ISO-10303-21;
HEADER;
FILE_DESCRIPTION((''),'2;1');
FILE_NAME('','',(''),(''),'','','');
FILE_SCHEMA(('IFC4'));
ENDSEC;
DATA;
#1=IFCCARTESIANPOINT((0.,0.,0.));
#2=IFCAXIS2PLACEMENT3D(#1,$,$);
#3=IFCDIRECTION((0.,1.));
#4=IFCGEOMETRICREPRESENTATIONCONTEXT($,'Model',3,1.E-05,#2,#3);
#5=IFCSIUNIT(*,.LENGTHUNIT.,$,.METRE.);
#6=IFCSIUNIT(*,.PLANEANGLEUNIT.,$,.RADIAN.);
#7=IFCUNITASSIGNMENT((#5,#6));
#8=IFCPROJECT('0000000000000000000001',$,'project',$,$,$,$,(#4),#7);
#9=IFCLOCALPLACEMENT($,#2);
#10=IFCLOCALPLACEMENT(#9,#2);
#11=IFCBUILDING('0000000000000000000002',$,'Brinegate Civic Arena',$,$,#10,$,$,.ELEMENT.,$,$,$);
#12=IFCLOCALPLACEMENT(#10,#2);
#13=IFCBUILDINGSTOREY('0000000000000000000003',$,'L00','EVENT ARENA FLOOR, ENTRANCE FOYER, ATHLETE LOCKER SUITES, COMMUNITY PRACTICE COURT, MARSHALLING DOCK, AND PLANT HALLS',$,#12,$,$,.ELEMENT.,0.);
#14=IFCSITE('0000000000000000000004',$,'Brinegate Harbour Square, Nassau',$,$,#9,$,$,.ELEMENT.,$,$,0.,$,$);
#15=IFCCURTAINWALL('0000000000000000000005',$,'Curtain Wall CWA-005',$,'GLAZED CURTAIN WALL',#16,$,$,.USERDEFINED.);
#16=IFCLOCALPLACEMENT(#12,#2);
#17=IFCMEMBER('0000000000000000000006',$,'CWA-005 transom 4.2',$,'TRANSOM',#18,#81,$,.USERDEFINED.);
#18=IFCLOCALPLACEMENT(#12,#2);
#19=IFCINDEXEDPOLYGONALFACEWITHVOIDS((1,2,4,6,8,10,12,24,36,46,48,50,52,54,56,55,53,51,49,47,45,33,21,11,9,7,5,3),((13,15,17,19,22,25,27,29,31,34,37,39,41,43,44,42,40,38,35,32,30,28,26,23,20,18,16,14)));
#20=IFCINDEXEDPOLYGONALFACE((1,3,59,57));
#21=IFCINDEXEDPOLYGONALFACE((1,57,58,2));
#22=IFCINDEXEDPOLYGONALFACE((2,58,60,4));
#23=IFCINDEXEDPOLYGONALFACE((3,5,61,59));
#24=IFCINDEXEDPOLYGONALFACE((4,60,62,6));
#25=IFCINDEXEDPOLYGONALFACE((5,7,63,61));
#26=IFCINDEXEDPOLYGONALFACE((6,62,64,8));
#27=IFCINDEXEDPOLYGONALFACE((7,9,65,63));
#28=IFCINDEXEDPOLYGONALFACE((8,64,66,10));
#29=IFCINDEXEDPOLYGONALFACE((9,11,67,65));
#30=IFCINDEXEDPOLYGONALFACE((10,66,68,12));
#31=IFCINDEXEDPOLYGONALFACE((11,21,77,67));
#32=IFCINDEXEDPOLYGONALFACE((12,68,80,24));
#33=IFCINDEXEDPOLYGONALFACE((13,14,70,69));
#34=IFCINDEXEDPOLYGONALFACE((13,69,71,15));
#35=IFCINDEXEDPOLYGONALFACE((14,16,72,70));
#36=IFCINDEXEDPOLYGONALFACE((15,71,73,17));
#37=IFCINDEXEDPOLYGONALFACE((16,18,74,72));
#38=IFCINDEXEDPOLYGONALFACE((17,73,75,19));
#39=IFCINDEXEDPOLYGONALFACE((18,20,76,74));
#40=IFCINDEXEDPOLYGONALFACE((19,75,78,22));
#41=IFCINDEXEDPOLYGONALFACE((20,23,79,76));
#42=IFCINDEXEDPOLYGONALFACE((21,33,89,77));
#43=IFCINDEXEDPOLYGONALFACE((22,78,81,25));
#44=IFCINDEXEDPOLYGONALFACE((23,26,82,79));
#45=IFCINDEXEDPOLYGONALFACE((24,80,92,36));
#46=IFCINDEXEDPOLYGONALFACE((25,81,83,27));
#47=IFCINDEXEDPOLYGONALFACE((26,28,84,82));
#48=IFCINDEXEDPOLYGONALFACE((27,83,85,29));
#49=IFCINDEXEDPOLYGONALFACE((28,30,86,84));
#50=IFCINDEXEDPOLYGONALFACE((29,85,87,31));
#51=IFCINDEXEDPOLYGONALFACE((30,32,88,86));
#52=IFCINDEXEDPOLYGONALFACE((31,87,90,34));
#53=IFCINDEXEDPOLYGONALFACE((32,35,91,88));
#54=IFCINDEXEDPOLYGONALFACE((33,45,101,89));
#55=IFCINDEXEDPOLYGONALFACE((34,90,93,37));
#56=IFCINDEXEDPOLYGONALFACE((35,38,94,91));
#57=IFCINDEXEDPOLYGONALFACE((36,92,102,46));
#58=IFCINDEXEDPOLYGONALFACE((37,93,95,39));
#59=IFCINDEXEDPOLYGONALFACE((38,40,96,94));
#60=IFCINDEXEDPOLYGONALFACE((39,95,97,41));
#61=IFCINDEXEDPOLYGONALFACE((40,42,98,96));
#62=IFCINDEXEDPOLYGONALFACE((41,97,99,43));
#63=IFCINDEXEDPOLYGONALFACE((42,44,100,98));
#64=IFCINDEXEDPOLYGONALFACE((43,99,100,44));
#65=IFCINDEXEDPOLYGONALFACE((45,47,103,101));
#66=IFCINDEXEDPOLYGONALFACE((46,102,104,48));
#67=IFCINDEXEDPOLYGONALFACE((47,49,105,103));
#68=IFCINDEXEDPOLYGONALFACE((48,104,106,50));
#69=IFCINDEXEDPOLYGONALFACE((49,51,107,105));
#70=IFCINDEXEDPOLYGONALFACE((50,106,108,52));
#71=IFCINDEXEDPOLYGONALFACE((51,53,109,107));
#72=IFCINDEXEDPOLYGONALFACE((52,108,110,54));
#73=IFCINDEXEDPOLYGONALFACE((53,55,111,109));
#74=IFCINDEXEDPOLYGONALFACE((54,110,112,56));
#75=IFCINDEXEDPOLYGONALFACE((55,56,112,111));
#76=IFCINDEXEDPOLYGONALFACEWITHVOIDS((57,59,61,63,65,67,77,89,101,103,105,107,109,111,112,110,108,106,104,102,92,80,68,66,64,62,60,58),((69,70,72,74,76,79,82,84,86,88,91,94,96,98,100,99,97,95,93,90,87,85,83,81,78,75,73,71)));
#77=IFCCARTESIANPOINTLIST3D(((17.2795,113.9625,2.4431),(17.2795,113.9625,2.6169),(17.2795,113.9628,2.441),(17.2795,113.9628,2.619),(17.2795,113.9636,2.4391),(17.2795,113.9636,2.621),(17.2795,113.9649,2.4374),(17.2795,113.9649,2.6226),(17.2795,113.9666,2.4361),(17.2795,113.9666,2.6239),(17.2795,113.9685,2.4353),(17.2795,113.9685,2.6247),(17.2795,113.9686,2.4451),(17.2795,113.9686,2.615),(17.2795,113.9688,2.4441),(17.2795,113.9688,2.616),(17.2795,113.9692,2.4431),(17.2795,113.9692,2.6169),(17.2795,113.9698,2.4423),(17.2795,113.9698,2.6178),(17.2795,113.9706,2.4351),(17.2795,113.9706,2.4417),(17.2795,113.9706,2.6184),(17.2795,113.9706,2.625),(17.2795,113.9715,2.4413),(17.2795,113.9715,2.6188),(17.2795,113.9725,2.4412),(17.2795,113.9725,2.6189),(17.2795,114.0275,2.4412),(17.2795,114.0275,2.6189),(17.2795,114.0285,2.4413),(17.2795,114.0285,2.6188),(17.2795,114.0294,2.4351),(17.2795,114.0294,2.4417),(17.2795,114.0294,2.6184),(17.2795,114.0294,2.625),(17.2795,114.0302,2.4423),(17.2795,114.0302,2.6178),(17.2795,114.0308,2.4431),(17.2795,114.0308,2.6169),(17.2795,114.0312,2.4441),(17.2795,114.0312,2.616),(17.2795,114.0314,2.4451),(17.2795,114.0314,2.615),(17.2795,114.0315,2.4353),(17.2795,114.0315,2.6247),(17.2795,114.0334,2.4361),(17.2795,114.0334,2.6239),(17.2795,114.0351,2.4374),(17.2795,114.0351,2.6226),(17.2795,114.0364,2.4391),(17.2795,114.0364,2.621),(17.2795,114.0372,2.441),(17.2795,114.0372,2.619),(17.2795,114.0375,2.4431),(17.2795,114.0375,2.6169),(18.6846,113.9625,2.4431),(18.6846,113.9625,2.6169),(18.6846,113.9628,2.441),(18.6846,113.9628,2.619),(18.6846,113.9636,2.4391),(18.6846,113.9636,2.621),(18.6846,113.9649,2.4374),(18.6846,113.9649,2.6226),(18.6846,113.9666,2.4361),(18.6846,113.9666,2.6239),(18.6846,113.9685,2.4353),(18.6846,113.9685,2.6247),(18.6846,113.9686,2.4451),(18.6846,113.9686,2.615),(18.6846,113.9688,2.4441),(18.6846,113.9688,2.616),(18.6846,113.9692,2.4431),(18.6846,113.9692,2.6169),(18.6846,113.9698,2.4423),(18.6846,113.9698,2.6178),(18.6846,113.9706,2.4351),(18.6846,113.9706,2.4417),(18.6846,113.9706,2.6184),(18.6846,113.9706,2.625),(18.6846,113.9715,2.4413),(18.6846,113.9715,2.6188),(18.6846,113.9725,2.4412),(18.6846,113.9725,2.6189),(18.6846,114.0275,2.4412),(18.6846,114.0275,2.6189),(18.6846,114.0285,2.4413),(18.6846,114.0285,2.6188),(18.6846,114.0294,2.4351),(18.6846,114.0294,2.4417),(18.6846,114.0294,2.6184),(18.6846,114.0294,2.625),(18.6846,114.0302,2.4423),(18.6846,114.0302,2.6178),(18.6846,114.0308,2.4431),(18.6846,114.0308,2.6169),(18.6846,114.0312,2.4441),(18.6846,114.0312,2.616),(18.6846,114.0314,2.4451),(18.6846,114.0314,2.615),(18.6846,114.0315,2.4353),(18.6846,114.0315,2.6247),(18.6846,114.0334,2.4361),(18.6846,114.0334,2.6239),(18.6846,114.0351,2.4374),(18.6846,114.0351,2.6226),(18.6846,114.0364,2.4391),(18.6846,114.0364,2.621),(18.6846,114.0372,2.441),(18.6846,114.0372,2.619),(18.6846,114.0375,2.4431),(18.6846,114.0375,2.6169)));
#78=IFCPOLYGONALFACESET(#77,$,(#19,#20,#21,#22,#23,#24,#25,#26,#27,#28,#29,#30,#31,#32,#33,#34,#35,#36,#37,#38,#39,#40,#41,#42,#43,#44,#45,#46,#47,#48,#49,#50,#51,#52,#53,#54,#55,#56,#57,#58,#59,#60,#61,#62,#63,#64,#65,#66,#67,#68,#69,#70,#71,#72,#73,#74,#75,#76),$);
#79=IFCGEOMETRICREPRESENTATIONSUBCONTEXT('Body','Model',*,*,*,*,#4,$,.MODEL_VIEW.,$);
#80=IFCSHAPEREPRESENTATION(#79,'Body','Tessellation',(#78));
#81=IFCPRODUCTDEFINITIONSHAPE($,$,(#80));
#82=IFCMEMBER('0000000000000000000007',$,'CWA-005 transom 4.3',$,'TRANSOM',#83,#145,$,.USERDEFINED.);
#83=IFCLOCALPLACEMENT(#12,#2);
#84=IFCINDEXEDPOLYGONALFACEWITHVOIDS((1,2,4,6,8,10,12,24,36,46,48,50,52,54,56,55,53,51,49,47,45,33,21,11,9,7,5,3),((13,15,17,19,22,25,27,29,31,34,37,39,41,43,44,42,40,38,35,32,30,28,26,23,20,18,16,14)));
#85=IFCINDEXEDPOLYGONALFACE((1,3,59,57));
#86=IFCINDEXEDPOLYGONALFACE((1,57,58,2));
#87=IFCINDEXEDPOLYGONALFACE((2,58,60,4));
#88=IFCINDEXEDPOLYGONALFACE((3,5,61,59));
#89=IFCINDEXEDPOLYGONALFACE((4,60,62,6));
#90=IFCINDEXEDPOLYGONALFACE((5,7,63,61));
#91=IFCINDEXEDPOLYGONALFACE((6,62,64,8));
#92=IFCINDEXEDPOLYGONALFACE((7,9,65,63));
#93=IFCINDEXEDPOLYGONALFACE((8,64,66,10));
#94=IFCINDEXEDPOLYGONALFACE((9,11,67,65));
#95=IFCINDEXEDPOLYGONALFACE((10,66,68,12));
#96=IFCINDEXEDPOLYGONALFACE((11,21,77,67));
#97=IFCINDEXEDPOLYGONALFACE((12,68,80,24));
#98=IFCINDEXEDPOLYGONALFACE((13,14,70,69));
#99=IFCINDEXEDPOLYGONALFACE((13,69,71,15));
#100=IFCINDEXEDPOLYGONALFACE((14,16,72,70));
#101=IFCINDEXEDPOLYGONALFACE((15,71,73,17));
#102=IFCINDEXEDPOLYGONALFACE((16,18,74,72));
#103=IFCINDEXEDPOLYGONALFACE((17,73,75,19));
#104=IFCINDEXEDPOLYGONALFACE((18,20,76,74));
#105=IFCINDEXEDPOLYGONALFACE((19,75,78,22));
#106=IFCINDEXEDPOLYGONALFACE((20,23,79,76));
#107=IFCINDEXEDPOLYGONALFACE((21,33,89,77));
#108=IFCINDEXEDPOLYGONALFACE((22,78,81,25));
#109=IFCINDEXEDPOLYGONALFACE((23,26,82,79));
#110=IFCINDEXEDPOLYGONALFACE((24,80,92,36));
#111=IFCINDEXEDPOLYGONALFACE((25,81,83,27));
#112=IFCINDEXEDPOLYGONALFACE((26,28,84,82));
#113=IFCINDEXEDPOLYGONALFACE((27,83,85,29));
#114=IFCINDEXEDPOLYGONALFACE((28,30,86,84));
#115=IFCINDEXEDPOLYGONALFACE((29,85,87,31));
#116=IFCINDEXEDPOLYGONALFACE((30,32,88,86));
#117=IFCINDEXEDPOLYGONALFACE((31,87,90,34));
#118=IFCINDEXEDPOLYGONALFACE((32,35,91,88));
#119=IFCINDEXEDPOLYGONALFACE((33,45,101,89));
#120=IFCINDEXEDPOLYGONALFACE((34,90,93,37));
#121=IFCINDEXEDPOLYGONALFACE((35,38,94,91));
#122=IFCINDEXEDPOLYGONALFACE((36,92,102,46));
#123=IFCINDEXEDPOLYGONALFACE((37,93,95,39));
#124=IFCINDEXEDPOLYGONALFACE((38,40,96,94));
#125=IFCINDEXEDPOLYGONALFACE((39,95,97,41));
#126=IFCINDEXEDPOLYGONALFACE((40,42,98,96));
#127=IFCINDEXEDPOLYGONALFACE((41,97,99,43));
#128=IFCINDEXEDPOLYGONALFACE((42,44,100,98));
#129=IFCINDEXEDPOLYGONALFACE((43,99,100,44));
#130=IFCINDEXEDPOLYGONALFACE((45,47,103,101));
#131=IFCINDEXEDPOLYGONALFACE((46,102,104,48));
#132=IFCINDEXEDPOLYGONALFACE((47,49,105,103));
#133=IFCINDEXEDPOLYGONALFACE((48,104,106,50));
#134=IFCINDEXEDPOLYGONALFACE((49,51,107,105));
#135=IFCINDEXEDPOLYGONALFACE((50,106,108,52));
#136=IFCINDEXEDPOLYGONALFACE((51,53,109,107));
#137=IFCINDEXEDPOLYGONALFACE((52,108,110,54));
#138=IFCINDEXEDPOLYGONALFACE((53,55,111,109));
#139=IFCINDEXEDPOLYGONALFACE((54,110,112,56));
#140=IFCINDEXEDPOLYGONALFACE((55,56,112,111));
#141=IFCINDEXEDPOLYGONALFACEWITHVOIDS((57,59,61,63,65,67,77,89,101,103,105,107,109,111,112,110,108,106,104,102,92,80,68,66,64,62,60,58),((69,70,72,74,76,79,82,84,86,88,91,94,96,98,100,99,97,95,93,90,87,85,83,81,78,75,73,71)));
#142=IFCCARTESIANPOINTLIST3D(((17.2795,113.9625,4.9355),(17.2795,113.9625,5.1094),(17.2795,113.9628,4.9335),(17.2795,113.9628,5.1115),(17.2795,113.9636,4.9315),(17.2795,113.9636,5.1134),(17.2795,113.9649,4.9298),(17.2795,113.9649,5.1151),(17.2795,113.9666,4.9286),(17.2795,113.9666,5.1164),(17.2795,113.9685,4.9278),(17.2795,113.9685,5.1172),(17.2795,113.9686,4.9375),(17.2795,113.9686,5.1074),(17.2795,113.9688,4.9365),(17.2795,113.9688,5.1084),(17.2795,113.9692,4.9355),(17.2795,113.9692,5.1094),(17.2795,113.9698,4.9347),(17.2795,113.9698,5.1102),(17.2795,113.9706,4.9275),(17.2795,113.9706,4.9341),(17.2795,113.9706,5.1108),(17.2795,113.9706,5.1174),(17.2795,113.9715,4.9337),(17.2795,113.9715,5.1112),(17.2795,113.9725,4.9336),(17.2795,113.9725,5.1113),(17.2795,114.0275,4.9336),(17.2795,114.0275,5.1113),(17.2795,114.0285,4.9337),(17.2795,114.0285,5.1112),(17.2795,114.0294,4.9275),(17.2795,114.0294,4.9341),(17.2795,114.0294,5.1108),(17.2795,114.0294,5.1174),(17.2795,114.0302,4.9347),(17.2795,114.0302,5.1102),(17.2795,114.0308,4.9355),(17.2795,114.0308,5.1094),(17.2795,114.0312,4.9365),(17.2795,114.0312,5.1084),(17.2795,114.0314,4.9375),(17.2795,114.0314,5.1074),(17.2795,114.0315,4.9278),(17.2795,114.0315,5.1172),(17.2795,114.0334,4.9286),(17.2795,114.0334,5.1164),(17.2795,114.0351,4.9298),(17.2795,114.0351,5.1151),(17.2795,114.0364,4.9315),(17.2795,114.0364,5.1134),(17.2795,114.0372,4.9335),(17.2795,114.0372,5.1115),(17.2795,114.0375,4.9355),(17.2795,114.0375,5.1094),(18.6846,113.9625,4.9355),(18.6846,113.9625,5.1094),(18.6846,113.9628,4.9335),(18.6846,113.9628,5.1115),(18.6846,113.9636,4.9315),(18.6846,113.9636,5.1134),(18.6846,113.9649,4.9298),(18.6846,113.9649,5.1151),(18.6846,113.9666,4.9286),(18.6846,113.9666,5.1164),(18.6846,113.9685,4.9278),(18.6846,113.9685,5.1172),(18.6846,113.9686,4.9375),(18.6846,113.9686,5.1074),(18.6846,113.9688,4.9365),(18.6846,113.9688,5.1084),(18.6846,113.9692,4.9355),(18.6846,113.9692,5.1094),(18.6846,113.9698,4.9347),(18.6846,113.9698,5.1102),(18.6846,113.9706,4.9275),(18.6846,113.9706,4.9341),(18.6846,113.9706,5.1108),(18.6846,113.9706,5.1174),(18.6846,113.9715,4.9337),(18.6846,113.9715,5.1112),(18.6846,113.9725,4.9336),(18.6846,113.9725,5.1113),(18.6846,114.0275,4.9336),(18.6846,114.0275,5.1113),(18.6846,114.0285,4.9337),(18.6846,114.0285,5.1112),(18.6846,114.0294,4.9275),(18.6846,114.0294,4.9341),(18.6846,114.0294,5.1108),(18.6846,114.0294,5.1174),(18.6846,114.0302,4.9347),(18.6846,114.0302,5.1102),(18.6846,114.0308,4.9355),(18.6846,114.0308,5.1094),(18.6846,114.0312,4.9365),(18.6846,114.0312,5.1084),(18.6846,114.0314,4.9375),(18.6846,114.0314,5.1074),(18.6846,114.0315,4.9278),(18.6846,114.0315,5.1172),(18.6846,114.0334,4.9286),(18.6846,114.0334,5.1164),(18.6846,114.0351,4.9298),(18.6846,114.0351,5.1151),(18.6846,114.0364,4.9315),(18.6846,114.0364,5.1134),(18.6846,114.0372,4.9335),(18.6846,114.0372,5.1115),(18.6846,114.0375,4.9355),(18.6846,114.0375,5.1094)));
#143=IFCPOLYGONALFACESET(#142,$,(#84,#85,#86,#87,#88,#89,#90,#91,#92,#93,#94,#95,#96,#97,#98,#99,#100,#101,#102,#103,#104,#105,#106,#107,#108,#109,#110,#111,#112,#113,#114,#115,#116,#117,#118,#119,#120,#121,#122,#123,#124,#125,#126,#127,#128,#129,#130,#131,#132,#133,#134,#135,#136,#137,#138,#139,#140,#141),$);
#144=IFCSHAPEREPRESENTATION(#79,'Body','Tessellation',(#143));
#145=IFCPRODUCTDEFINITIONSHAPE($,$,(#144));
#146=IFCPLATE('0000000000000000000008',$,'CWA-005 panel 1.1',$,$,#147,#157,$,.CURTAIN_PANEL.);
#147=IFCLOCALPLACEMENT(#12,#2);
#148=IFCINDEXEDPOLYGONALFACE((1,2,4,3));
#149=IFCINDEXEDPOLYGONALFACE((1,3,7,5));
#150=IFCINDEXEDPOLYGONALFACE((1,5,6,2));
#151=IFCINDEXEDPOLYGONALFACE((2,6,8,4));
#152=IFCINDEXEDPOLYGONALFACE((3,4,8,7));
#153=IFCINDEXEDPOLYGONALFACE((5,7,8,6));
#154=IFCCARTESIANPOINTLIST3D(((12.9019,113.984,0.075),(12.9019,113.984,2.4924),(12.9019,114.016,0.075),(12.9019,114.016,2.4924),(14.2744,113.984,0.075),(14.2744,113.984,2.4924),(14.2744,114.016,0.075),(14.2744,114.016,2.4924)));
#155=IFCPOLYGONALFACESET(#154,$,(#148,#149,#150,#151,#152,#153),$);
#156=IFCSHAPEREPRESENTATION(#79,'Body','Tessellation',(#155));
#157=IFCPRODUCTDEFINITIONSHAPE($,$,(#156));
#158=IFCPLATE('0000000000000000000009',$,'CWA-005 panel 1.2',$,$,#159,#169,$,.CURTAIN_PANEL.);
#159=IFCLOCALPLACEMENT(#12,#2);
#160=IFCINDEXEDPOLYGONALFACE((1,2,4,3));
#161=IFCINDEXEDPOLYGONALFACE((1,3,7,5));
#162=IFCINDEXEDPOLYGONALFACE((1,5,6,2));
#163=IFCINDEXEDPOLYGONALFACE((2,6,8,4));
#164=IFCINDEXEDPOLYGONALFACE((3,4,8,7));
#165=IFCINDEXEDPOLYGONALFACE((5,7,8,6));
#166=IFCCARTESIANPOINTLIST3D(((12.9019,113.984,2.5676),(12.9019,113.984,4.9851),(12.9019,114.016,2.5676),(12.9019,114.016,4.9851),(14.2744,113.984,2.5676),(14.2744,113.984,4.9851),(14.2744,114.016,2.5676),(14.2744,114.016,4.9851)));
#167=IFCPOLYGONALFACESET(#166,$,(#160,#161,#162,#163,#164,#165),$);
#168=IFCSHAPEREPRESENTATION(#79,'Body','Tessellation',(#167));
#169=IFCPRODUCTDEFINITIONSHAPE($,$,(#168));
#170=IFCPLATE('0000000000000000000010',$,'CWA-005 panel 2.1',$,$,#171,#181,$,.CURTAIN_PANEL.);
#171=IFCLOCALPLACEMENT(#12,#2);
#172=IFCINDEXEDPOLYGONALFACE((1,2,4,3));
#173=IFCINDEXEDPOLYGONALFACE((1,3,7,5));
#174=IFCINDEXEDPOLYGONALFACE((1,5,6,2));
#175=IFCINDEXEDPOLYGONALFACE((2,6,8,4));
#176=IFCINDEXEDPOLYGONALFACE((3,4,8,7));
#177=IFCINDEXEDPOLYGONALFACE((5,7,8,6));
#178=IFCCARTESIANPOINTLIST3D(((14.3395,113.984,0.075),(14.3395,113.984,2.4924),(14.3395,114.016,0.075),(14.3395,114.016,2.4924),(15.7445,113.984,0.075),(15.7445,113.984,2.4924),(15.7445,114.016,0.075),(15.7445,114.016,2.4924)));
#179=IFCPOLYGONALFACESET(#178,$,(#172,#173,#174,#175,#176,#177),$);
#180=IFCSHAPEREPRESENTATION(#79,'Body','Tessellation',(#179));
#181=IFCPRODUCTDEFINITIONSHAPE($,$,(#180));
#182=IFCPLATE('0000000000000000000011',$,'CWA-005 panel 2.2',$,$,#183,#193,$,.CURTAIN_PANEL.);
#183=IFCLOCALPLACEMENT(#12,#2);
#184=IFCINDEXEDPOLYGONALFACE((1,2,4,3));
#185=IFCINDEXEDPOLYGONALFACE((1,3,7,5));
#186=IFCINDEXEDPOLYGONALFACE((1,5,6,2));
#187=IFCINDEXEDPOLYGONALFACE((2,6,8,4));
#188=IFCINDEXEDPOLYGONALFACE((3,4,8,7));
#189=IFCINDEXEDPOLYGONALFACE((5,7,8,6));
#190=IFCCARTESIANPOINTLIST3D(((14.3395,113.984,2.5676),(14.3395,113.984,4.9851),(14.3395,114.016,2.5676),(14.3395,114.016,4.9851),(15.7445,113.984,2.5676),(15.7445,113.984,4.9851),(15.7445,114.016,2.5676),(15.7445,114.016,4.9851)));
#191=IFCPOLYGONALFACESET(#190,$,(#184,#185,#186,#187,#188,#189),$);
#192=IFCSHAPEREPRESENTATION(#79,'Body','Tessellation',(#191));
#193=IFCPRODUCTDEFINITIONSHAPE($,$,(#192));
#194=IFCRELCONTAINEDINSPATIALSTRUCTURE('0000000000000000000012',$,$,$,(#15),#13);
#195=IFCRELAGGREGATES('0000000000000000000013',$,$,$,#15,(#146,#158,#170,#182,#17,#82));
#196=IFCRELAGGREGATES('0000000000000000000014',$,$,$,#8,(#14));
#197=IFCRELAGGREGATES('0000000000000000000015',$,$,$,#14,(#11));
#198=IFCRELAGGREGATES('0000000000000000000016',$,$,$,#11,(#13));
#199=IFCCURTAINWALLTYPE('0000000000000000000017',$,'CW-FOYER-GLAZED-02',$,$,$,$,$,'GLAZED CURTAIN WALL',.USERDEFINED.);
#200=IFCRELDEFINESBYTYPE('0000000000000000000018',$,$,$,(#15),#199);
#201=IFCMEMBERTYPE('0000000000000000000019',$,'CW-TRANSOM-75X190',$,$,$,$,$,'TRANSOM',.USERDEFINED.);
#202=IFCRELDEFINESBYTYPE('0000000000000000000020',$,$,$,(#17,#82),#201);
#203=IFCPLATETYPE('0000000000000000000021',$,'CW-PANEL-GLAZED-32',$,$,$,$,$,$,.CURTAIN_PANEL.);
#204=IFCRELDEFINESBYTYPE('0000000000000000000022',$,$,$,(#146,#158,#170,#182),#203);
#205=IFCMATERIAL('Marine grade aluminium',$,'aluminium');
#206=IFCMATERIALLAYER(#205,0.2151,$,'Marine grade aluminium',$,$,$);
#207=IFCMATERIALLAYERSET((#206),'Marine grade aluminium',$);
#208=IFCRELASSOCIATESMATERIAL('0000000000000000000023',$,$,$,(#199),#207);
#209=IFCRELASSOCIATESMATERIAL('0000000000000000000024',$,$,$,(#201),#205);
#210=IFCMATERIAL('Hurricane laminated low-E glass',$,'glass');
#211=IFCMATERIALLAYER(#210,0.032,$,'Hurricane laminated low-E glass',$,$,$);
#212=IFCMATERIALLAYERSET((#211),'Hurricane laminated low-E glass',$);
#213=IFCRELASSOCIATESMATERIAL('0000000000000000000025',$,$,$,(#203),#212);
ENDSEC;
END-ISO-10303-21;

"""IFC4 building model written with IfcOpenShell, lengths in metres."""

from ifc_helpers import new_model, si_unit, direction, frame, origin, origin_2d, place, context, subcontext, project, spatial, rectangle, hollow_rectangle, extrude, material, layer, layer_set, material_profile, profile_set, type_object, element, aggregate, save


model = new_model("IFC4")

# Units and contexts
model_context = context("Model", 3, precision=1e-05, world=origin(), true_north=direction((0.0, 1.0)))
body_context = subcontext(model_context, "Body", "Model", "MODEL_VIEW")
ifc_project = project(units=[si_unit("LENGTHUNIT", "METRE"), si_unit("PLANEANGLEUNIT", "RADIAN")], contexts=[model_context])

# Site, building, storey
site_placement = place(None, origin())
site = spatial("IfcSite", under=ifc_project, at=site_placement, Name="Brinegate Harbour Square, Nassau", CompositionType="ELEMENT", RefElevation=0.0)
building_placement = place(site_placement, origin())
building = spatial("IfcBuilding", under=site, at=building_placement, Name="Brinegate Civic Arena", CompositionType="ELEMENT")
storey_placement = place(building_placement, origin())
storey = spatial("IfcBuildingStorey", under=building, at=storey_placement, Name="L00", Description="EVENT ARENA FLOOR, ENTRANCE FOYER, ATHLETE LOCKER SUITES, COMMUNITY PRACTICE COURT, MARSHALLING DOCK, AND PLANT HALLS", CompositionType="ELEMENT", Elevation=0.0)

# Curtain wall, members, plates
ifc_material_1 = material(Name="Marine grade aluminium", Category="aluminium")
ifc_layer_1 = layer(ifc_material_1, 0.2151, Name="Marine grade aluminium")
ifc_layer_set_1 = layer_set([ifc_layer_1], Name="Marine grade aluminium")
curtain_wall_type = type_object("IfcCurtainWallType", Name="CW-FOYER-GLAZED-02", ElementType="GLAZED CURTAIN WALL", PredefinedType="USERDEFINED", material=ifc_layer_set_1)
curtain_wall_placement = place(storey_placement, origin())
curtain_wall = element("IfcCurtainWall", 1, at=curtain_wall_placement, inside=storey, type_object=curtain_wall_type, Name="Curtain Wall CWA-005", ObjectType="GLAZED CURTAIN WALL", PredefinedType="USERDEFINED")
ifc_material_profile_1 = material_profile(ifc_material_1, hollow_rectangle(XDim=0.075, YDim=0.1899, WallThickness=0.0061, InnerFilletRadius=0.0039, OuterFilletRadius=0.0081, at=origin_2d()), Name="TRN75X190")
ifc_profile_set_1 = profile_set([ifc_material_profile_1], Name="Marine grade aluminium")
member_type_1 = type_object("IfcMemberType", Name="CW-TRANSOM-75X190", ElementType="TRANSOM", PredefinedType="USERDEFINED", material=ifc_profile_set_1)
member_1_placement = place(storey_placement, frame((17.2795, 114.0, 2.53), z_axis=(1.0, 0.0, 0.0), x_axis=(0.0, 1.0, 0.0)))
member_1 = element("IfcMember", 2, at=member_1_placement, type_object=member_type_1, Name="CWA-005 transom 4.2", ObjectType="TRANSOM", PredefinedType="USERDEFINED", context=body_context, shape_type="SweptSolid", body=[
    extrude(hollow_rectangle(XDim=0.075, YDim=0.1899, WallThickness=0.0061, InnerFilletRadius=0.0039, OuterFilletRadius=0.0081, at=origin_2d()), origin(), (0.0, 0.0, 1.0), 1.405),
])
member_2_placement = place(storey_placement, frame((17.2795, 114.0, 5.0225), z_axis=(1.0, 0.0, 0.0), x_axis=(0.0, 1.0, 0.0)))
member_2 = element("IfcMember", 3, at=member_2_placement, type_object=member_type_1, Name="CWA-005 transom 4.3", ObjectType="TRANSOM", PredefinedType="USERDEFINED", context=body_context, shape_type="SweptSolid", body=[
    extrude(hollow_rectangle(XDim=0.075, YDim=0.1899, WallThickness=0.0061, InnerFilletRadius=0.0039, OuterFilletRadius=0.0081, at=origin_2d()), origin(), (0.0, 0.0, 1.0), 1.405),
])
ifc_material_2 = material(Name="Hurricane laminated low-E glass", Category="glass")
ifc_layer_2 = layer(ifc_material_2, 0.032, Name="Hurricane laminated low-E glass")
ifc_layer_set_2 = layer_set([ifc_layer_2], Name="Hurricane laminated low-E glass")
plate_type = type_object("IfcPlateType", Name="CW-PANEL-GLAZED-32", PredefinedType="CURTAIN_PANEL", material=ifc_layer_set_2)
plate_1_placement = place(storey_placement, frame((13.5881, 114.0, 0.075), z_axis=(0.0, 0.0, 1.0), x_axis=(1.0, 0.0, 0.0)))
plate_1 = element("IfcPlate", 4, at=plate_1_placement, type_object=plate_type, Name="CWA-005 panel 1.1", PredefinedType="CURTAIN_PANEL", context=body_context, shape_type="SweptSolid", body=[
    extrude(rectangle(XDim=1.3726, YDim=0.032, at=origin_2d()), origin(), (0.0, 0.0, 1.0), 2.4175),
])
plate_2_placement = place(storey_placement, frame((13.5881, 114.0, 2.5676), z_axis=(0.0, 0.0, 1.0), x_axis=(1.0, 0.0, 0.0)))
plate_2 = element("IfcPlate", 5, at=plate_2_placement, type_object=plate_type, Name="CWA-005 panel 1.2", PredefinedType="CURTAIN_PANEL", context=body_context, shape_type="SweptSolid", body=[
    extrude(rectangle(XDim=1.3726, YDim=0.032, at=origin_2d()), origin(), (0.0, 0.0, 1.0), 2.4175),
])
plate_3_placement = place(storey_placement, frame((15.042, 114.0, 0.075), z_axis=(0.0, 0.0, 1.0), x_axis=(1.0, 0.0, 0.0)))
plate_3 = element("IfcPlate", 6, at=plate_3_placement, type_object=plate_type, Name="CWA-005 panel 2.1", PredefinedType="CURTAIN_PANEL", context=body_context, shape_type="SweptSolid", body=[
    extrude(rectangle(XDim=1.405, YDim=0.032, at=origin_2d()), origin(), (0.0, 0.0, 1.0), 2.4175),
])
plate_4_placement = place(storey_placement, frame((15.042, 114.0, 2.5676), z_axis=(0.0, 0.0, 1.0), x_axis=(1.0, 0.0, 0.0)))
plate_4 = element("IfcPlate", 7, at=plate_4_placement, type_object=plate_type, Name="CWA-005 panel 2.2", PredefinedType="CURTAIN_PANEL", context=body_context, shape_type="SweptSolid", body=[
    extrude(rectangle(XDim=1.405, YDim=0.032, at=origin_2d()), origin(), (0.0, 0.0, 1.0), 2.4175),
])
aggregate(curtain_wall, [plate_1, plate_2, plate_3, plate_4, member_1, member_2])

save(model, "model.ifc")
